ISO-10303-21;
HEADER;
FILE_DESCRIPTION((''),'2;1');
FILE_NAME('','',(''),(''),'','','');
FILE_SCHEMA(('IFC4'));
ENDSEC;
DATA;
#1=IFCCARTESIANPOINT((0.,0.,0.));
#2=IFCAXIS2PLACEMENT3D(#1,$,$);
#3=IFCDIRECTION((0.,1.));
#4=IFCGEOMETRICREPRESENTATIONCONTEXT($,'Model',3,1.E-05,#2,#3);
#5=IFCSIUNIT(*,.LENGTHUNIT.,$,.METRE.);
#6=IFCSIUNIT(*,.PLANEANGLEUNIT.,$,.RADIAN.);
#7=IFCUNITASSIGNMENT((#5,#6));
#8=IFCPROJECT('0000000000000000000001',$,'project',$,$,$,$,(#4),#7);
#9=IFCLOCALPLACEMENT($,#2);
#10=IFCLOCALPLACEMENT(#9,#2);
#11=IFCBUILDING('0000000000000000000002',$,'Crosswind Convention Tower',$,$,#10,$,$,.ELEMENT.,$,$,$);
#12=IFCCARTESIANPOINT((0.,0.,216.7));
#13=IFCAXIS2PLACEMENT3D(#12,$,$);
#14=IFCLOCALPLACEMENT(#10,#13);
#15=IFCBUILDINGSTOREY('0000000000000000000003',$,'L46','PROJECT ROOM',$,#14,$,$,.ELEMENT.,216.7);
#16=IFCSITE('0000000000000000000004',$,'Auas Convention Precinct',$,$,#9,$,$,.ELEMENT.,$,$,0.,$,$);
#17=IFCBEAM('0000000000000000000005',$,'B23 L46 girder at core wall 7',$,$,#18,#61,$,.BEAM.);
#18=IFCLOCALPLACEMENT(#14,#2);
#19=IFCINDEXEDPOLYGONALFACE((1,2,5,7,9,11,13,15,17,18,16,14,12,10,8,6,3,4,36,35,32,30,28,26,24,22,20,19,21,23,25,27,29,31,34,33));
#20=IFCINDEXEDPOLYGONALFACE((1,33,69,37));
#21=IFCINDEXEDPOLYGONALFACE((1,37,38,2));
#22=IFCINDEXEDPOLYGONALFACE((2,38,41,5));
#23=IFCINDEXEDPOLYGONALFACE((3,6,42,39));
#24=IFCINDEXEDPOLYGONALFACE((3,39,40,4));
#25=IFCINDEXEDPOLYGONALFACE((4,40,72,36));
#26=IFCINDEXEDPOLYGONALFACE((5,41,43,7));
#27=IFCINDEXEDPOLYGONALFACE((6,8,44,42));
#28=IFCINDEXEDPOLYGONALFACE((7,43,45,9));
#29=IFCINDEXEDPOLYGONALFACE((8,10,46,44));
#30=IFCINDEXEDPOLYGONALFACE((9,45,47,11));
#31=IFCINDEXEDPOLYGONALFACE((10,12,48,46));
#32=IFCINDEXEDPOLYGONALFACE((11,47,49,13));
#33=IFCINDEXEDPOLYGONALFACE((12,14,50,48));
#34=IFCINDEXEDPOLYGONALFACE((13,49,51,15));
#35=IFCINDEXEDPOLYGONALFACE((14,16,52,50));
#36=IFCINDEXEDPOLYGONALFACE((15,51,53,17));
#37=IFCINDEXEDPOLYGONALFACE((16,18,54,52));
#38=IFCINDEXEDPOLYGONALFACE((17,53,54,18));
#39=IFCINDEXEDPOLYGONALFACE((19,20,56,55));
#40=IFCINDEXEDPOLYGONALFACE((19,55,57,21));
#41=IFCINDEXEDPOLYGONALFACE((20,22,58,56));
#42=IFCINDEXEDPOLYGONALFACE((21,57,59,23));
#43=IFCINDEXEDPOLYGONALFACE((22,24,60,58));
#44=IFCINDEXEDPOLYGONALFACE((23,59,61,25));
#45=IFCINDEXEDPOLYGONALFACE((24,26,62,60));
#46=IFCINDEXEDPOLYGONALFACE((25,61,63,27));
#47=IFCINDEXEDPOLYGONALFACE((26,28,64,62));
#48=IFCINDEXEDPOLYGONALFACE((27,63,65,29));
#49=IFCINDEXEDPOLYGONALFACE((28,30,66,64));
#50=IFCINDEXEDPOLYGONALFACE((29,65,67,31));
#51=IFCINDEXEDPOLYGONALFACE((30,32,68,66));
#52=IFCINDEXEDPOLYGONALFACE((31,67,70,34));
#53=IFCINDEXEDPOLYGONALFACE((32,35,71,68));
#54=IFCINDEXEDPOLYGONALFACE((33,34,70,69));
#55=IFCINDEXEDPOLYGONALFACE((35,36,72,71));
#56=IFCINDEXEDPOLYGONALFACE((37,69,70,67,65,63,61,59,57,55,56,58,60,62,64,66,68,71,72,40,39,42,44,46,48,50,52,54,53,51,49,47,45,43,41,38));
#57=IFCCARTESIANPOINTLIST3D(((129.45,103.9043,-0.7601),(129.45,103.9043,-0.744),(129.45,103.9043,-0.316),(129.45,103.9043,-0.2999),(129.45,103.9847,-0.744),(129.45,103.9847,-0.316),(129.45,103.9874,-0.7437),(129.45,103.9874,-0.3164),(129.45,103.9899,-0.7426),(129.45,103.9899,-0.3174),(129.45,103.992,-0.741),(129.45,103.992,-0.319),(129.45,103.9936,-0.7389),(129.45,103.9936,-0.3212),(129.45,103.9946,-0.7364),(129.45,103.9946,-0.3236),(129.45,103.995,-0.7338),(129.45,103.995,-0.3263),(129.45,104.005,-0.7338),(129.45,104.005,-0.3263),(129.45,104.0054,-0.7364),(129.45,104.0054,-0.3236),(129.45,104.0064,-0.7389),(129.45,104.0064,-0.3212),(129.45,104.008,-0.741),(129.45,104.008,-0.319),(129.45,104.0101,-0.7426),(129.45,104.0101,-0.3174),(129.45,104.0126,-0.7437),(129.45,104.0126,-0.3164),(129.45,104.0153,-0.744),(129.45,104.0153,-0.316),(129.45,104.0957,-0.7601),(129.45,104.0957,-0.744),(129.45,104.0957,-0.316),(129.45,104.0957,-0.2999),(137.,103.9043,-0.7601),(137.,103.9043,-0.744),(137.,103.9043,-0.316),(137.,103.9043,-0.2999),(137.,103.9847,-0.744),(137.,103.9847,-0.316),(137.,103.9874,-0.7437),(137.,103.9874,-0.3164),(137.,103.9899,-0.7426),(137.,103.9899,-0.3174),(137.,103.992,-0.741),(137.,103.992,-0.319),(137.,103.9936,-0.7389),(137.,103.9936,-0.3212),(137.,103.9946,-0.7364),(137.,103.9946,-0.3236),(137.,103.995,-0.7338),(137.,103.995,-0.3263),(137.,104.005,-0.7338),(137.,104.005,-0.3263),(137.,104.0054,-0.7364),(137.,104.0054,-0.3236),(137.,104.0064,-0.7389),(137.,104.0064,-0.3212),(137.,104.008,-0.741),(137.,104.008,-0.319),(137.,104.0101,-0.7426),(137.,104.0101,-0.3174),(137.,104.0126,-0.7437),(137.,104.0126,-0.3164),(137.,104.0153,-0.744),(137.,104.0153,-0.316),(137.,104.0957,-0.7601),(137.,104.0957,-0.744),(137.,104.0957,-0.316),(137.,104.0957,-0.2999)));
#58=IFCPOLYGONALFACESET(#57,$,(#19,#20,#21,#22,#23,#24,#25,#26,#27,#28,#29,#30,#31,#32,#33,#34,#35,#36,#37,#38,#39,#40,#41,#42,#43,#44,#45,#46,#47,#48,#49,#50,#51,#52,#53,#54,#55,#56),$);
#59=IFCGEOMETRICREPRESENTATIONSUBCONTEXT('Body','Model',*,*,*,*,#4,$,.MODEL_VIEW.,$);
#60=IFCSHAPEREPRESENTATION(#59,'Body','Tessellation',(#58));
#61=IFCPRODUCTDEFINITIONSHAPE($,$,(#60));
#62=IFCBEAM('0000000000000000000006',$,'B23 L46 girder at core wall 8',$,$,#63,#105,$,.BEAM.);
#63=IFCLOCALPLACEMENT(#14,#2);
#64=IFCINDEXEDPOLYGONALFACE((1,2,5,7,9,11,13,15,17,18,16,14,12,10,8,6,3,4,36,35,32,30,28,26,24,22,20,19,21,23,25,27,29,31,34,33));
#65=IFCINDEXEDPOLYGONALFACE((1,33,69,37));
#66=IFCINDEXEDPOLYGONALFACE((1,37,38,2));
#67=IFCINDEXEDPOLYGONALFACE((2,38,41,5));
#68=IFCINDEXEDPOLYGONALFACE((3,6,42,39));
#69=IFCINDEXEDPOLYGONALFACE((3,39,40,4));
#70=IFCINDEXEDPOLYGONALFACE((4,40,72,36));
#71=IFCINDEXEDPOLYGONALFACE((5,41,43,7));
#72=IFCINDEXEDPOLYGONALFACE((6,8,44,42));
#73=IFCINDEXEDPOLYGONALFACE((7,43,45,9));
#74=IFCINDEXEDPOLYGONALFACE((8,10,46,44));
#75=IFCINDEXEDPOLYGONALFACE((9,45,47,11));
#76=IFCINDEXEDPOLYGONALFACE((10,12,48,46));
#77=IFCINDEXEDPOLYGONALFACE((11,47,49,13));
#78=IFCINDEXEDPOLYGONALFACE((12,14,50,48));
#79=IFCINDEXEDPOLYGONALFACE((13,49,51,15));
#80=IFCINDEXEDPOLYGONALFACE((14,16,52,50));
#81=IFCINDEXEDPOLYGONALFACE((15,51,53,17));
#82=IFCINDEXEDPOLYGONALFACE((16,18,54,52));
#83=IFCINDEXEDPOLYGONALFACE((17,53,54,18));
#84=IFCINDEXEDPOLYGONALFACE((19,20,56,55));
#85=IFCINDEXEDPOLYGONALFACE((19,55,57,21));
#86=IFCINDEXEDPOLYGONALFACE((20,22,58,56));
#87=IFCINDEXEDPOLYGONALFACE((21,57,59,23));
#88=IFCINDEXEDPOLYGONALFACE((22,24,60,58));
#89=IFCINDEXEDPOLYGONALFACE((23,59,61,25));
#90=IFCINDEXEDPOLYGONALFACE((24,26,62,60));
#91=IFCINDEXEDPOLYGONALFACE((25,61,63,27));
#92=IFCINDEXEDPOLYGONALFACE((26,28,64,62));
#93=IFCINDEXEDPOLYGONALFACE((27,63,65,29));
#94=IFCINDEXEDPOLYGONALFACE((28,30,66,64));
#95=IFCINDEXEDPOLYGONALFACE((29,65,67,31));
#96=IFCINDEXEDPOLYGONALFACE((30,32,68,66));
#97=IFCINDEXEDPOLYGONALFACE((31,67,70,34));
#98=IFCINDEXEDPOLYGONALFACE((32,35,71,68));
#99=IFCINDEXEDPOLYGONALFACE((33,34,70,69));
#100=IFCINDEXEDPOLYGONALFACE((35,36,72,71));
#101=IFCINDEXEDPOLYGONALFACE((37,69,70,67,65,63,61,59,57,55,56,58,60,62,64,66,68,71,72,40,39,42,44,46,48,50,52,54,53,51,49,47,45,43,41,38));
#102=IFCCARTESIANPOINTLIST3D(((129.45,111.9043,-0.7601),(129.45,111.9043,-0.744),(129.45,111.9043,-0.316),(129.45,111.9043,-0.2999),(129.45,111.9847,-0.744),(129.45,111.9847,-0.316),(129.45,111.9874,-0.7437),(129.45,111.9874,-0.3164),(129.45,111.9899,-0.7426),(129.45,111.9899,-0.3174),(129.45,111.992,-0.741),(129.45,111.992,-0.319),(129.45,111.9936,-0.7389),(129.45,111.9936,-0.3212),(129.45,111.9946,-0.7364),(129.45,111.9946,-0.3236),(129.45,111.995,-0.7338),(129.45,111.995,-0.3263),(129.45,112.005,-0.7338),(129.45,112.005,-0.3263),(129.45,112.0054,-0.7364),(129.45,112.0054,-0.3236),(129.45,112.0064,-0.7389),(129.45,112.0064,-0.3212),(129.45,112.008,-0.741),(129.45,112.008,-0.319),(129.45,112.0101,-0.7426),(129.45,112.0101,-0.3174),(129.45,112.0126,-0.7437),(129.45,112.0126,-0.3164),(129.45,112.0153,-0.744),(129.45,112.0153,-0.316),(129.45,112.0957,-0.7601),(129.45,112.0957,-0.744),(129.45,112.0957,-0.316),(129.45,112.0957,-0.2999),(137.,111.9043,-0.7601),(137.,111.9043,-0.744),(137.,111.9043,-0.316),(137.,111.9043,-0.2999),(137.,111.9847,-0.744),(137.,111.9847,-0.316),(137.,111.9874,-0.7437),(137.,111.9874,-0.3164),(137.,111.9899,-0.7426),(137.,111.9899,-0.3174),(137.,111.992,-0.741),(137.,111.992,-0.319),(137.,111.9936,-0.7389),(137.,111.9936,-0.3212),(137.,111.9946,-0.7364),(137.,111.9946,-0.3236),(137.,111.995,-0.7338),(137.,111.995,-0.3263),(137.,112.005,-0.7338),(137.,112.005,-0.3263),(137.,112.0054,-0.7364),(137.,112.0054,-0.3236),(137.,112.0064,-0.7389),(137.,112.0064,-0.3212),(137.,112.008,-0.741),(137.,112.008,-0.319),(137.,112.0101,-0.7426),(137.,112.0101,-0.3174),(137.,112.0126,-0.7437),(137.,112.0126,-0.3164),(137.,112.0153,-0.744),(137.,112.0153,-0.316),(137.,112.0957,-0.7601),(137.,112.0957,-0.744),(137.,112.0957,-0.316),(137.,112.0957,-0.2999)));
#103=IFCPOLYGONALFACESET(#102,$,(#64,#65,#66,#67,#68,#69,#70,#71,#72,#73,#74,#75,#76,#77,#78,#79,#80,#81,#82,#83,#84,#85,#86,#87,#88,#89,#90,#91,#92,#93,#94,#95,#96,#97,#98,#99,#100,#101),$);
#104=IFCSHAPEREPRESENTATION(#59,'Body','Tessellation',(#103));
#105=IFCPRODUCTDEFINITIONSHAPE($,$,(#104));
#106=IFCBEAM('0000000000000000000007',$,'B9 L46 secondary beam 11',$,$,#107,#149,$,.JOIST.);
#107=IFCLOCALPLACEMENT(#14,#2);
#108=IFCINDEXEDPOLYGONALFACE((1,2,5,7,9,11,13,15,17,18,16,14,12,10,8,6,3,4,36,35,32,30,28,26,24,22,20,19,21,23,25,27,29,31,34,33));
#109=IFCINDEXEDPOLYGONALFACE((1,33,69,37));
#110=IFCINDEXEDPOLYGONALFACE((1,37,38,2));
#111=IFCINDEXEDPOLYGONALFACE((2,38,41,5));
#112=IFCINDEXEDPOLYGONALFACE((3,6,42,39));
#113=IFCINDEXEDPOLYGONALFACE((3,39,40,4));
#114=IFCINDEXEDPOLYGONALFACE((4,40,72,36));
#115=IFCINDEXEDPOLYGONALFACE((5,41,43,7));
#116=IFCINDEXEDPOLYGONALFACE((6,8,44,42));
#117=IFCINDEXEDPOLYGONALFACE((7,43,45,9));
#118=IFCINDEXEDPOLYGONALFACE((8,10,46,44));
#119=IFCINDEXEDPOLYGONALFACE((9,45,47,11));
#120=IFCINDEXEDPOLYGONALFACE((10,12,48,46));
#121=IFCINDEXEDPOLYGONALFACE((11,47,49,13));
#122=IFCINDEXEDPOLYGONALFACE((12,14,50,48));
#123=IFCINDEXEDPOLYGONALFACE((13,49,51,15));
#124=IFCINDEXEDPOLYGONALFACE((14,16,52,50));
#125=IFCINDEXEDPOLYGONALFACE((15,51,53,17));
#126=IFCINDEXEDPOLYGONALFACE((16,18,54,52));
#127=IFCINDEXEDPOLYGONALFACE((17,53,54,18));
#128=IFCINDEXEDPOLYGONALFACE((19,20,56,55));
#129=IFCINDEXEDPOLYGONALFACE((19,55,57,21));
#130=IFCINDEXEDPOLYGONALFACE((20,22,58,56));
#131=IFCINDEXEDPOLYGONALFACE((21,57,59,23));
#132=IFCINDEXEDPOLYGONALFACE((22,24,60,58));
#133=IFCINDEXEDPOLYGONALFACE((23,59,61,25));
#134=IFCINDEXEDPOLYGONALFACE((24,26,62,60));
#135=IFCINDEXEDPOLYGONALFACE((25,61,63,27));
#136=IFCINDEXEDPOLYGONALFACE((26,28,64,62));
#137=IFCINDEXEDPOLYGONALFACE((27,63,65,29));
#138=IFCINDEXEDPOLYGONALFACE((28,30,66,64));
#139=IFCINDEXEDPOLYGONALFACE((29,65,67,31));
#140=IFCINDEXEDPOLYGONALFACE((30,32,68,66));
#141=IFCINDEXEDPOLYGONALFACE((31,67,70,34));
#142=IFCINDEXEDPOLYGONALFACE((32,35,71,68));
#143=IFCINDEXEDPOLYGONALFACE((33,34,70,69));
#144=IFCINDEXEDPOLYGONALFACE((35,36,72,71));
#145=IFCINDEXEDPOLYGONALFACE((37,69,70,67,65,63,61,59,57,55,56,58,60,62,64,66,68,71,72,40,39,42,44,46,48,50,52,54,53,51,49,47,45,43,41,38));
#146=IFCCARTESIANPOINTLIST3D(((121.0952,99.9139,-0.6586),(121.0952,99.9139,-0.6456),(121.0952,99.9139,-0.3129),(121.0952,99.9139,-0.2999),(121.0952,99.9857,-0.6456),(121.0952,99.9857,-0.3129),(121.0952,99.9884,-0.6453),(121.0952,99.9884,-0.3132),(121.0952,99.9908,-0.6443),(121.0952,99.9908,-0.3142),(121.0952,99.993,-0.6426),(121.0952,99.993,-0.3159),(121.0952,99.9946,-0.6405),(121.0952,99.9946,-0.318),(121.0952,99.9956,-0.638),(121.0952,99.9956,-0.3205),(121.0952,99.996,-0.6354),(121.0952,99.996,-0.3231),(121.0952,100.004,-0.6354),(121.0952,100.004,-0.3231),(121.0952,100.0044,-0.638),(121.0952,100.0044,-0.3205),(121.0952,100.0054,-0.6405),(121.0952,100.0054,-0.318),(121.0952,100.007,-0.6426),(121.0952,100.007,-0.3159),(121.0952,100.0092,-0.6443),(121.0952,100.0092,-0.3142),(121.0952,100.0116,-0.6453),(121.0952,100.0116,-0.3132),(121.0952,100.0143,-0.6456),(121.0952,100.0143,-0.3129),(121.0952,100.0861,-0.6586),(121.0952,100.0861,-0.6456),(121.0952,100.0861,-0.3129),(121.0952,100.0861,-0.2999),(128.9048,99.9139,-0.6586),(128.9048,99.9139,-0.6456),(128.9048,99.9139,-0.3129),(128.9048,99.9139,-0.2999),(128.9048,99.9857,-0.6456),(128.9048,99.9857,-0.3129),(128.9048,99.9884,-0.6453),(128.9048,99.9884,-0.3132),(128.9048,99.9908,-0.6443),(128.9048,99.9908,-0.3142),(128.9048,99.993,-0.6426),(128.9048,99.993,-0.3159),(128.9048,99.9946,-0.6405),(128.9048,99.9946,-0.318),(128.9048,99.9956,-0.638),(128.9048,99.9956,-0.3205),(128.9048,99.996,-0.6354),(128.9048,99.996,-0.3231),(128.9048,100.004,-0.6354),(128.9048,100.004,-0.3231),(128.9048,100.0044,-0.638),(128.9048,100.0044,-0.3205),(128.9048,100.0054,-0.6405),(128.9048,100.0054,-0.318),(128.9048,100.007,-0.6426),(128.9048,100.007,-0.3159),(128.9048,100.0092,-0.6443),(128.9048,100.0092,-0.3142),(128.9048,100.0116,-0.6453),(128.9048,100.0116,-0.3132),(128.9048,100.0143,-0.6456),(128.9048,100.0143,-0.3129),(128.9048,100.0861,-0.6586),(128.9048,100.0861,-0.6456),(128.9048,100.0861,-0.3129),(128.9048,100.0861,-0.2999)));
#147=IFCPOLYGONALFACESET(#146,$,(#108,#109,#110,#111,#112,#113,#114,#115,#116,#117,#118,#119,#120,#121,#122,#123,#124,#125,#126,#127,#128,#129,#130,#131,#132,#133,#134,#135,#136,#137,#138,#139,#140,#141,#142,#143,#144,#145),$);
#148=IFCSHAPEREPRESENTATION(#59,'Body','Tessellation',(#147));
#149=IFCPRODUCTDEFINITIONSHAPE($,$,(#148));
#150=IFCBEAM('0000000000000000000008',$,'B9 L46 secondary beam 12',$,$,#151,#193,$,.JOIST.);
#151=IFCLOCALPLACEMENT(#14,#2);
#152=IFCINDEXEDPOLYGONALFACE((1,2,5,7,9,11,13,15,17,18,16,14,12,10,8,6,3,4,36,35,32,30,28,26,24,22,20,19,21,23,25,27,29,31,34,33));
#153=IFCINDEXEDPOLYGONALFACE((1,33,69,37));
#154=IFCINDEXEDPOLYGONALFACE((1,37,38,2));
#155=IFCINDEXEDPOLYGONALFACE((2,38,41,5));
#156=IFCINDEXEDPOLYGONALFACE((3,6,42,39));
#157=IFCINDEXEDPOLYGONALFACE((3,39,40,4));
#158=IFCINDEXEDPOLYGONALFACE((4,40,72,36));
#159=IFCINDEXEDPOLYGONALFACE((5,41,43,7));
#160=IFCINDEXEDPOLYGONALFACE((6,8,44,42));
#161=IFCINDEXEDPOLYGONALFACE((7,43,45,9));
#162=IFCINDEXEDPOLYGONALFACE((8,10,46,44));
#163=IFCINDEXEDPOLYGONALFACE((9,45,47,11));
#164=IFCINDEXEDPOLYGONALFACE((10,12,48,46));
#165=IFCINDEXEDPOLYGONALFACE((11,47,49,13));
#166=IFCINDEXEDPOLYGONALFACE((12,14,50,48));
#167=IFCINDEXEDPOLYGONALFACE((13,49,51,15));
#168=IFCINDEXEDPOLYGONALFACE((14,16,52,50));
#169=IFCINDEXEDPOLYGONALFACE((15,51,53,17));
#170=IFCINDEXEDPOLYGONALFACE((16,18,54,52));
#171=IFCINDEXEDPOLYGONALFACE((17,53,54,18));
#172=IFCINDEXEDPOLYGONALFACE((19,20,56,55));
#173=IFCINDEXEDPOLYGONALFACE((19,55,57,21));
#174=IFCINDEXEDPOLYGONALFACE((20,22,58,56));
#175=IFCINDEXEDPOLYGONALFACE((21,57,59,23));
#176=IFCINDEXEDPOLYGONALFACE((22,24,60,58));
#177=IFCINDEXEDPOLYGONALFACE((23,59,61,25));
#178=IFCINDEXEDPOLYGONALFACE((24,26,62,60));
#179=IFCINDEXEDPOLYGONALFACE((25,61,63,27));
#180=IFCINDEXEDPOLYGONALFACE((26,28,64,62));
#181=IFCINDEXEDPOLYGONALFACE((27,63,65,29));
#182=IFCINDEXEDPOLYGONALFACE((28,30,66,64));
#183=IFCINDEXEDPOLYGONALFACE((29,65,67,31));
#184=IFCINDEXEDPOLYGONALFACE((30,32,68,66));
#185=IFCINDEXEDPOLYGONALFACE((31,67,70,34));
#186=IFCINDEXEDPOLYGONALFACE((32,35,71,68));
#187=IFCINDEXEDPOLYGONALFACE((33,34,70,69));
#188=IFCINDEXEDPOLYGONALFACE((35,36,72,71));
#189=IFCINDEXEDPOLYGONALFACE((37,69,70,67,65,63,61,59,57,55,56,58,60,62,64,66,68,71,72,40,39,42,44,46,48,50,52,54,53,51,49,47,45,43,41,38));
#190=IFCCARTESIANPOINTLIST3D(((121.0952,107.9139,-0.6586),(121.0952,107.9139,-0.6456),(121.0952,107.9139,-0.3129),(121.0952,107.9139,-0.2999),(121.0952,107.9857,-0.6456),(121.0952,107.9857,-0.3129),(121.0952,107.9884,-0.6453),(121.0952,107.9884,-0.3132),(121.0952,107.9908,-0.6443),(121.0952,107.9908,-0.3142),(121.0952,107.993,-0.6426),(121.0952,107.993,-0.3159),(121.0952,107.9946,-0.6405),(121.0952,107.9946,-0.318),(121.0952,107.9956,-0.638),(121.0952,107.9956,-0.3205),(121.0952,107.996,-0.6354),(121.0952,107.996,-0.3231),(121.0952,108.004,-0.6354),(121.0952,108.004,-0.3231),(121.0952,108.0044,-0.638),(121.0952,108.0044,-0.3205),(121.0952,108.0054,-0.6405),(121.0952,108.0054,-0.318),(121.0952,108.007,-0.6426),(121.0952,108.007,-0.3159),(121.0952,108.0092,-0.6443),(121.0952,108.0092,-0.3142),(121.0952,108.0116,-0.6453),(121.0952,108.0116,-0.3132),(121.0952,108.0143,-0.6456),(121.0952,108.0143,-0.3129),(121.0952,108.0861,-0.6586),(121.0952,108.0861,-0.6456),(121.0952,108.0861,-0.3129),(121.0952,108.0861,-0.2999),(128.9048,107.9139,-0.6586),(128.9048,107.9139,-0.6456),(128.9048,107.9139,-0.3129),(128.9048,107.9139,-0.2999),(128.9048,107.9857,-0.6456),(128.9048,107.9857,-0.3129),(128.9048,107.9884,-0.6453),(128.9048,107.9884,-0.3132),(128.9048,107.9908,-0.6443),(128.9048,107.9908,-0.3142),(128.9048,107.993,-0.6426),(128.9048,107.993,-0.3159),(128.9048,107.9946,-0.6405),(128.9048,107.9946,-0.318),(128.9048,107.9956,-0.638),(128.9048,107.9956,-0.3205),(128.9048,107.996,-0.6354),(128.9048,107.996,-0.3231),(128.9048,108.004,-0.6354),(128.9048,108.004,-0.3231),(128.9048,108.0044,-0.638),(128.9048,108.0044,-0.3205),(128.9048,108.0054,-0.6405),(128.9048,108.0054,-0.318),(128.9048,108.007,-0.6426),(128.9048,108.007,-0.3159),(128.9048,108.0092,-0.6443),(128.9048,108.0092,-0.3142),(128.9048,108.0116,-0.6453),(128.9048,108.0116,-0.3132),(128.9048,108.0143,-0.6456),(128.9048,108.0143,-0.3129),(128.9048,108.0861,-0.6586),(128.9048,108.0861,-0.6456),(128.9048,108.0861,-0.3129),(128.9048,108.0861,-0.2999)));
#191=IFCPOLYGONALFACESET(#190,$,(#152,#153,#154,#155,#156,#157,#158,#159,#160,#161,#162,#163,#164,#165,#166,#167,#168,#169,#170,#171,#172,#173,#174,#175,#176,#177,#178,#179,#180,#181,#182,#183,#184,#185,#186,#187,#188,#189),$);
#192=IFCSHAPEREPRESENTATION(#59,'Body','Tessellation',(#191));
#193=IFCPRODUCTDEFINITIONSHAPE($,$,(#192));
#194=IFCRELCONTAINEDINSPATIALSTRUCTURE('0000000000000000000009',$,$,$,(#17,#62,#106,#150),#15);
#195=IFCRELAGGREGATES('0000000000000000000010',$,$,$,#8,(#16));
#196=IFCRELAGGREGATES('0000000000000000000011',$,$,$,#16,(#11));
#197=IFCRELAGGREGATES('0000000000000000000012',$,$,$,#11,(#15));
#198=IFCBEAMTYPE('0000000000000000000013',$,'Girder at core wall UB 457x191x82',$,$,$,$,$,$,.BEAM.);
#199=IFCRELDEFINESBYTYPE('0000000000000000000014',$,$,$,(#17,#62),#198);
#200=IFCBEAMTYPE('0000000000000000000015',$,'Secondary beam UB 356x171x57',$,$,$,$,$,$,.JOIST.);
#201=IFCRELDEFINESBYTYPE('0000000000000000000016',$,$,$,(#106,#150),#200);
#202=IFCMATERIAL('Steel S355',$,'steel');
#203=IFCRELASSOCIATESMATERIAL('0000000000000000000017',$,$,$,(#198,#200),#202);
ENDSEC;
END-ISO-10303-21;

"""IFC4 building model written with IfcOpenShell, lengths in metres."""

from ifc_helpers import new_model, si_unit, direction, frame, origin, origin_2d, place, context, subcontext, project, spatial, i_section, extrude, material, material_profile, profile_set, type_object, element, save


model = new_model("IFC4")

# Units and contexts
model_context = context("Model", 3, precision=1e-05, world=origin(), true_north=direction((0.0, 1.0)))
body_context = subcontext(model_context, "Body", "Model", "MODEL_VIEW")
ifc_project = project(units=[si_unit("LENGTHUNIT", "METRE"), si_unit("PLANEANGLEUNIT", "RADIAN")], contexts=[model_context])

# Site, building, storey
site_placement = place(None, origin())
site = spatial("IfcSite", under=ifc_project, at=site_placement, Name="Auas Convention Precinct", CompositionType="ELEMENT", RefElevation=0.0)
building_placement = place(site_placement, origin())
building = spatial("IfcBuilding", under=site, at=building_placement, Name="Crosswind Convention Tower", CompositionType="ELEMENT")
storey_placement = place(building_placement, frame((0.0, 0.0, 216.7)))
storey = spatial("IfcBuildingStorey", under=building, at=storey_placement, Name="L46", Description="PROJECT ROOM", CompositionType="ELEMENT", Elevation=216.7)

# Beams
ifc_material_1 = material(Name="Steel S355", Category="steel")
ifc_material_profile_1 = material_profile(ifc_material_1, i_section(OverallWidth=0.1914, OverallDepth=0.4602, WebThickness=0.01, FlangeThickness=0.0161, FilletRadius=0.0103, at=origin_2d()), Name="UB 457x191x82")
ifc_profile_set_1 = profile_set([ifc_material_profile_1], Name="Steel S355")
beam_type_1 = type_object("IfcBeamType", Name="Girder at core wall UB 457x191x82", PredefinedType="BEAM", material=ifc_profile_set_1)
for number, where, z_axis, x_axis, name in (
    (1, (129.45, 104.0, -0.53), (1.0, 0.0, 0.0), (0.0, 1.0, 0.0), "B23 L46 girder at core wall 7"),
    (2, (129.45, 112.0, -0.53), (1.0, 0.0, 0.0), (0.0, 1.0, 0.0), "B23 L46 girder at core wall 8"),
):
    element("IfcBeam", number, at=place(storey_placement, frame(where, z_axis=z_axis, x_axis=x_axis)), inside=storey, type_object=beam_type_1, Name=name, PredefinedType="BEAM", context=body_context, shape_type="SweptSolid", body=[
        extrude(i_section(OverallWidth=0.1914, OverallDepth=0.4602, WebThickness=0.01, FlangeThickness=0.0161, FilletRadius=0.0103, at=origin_2d()), origin(), (0.0, 0.0, 1.0), 7.55),
    ])
ifc_material_profile_2 = material_profile(ifc_material_1, i_section(OverallWidth=0.1721, OverallDepth=0.3586, WebThickness=0.0081, FlangeThickness=0.0129, FilletRadius=0.0103, at=origin_2d()), Name="UB 356x171x57")
ifc_profile_set_2 = profile_set([ifc_material_profile_2], Name="Steel S355")
beam_type_2 = type_object("IfcBeamType", Name="Secondary beam UB 356x171x57", PredefinedType="JOIST", material=ifc_profile_set_2)
for number, where, z_axis, x_axis, name in (
    (3, (121.0952, 100.0, -0.4792), (1.0, 0.0, 0.0), (0.0, 1.0, 0.0), "B9 L46 secondary beam 11"),
    (4, (121.0952, 108.0, -0.4792), (1.0, 0.0, 0.0), (0.0, 1.0, 0.0), "B9 L46 secondary beam 12"),
):
    element("IfcBeam", number, at=place(storey_placement, frame(where, z_axis=z_axis, x_axis=x_axis)), inside=storey, type_object=beam_type_2, Name=name, PredefinedType="JOIST", context=body_context, shape_type="SweptSolid", body=[
        extrude(i_section(OverallWidth=0.1721, OverallDepth=0.3586, WebThickness=0.0081, FlangeThickness=0.0129, FilletRadius=0.0103, at=origin_2d()), origin(), (0.0, 0.0, 1.0), 7.8096),
    ])

save(model, "model.ifc")
